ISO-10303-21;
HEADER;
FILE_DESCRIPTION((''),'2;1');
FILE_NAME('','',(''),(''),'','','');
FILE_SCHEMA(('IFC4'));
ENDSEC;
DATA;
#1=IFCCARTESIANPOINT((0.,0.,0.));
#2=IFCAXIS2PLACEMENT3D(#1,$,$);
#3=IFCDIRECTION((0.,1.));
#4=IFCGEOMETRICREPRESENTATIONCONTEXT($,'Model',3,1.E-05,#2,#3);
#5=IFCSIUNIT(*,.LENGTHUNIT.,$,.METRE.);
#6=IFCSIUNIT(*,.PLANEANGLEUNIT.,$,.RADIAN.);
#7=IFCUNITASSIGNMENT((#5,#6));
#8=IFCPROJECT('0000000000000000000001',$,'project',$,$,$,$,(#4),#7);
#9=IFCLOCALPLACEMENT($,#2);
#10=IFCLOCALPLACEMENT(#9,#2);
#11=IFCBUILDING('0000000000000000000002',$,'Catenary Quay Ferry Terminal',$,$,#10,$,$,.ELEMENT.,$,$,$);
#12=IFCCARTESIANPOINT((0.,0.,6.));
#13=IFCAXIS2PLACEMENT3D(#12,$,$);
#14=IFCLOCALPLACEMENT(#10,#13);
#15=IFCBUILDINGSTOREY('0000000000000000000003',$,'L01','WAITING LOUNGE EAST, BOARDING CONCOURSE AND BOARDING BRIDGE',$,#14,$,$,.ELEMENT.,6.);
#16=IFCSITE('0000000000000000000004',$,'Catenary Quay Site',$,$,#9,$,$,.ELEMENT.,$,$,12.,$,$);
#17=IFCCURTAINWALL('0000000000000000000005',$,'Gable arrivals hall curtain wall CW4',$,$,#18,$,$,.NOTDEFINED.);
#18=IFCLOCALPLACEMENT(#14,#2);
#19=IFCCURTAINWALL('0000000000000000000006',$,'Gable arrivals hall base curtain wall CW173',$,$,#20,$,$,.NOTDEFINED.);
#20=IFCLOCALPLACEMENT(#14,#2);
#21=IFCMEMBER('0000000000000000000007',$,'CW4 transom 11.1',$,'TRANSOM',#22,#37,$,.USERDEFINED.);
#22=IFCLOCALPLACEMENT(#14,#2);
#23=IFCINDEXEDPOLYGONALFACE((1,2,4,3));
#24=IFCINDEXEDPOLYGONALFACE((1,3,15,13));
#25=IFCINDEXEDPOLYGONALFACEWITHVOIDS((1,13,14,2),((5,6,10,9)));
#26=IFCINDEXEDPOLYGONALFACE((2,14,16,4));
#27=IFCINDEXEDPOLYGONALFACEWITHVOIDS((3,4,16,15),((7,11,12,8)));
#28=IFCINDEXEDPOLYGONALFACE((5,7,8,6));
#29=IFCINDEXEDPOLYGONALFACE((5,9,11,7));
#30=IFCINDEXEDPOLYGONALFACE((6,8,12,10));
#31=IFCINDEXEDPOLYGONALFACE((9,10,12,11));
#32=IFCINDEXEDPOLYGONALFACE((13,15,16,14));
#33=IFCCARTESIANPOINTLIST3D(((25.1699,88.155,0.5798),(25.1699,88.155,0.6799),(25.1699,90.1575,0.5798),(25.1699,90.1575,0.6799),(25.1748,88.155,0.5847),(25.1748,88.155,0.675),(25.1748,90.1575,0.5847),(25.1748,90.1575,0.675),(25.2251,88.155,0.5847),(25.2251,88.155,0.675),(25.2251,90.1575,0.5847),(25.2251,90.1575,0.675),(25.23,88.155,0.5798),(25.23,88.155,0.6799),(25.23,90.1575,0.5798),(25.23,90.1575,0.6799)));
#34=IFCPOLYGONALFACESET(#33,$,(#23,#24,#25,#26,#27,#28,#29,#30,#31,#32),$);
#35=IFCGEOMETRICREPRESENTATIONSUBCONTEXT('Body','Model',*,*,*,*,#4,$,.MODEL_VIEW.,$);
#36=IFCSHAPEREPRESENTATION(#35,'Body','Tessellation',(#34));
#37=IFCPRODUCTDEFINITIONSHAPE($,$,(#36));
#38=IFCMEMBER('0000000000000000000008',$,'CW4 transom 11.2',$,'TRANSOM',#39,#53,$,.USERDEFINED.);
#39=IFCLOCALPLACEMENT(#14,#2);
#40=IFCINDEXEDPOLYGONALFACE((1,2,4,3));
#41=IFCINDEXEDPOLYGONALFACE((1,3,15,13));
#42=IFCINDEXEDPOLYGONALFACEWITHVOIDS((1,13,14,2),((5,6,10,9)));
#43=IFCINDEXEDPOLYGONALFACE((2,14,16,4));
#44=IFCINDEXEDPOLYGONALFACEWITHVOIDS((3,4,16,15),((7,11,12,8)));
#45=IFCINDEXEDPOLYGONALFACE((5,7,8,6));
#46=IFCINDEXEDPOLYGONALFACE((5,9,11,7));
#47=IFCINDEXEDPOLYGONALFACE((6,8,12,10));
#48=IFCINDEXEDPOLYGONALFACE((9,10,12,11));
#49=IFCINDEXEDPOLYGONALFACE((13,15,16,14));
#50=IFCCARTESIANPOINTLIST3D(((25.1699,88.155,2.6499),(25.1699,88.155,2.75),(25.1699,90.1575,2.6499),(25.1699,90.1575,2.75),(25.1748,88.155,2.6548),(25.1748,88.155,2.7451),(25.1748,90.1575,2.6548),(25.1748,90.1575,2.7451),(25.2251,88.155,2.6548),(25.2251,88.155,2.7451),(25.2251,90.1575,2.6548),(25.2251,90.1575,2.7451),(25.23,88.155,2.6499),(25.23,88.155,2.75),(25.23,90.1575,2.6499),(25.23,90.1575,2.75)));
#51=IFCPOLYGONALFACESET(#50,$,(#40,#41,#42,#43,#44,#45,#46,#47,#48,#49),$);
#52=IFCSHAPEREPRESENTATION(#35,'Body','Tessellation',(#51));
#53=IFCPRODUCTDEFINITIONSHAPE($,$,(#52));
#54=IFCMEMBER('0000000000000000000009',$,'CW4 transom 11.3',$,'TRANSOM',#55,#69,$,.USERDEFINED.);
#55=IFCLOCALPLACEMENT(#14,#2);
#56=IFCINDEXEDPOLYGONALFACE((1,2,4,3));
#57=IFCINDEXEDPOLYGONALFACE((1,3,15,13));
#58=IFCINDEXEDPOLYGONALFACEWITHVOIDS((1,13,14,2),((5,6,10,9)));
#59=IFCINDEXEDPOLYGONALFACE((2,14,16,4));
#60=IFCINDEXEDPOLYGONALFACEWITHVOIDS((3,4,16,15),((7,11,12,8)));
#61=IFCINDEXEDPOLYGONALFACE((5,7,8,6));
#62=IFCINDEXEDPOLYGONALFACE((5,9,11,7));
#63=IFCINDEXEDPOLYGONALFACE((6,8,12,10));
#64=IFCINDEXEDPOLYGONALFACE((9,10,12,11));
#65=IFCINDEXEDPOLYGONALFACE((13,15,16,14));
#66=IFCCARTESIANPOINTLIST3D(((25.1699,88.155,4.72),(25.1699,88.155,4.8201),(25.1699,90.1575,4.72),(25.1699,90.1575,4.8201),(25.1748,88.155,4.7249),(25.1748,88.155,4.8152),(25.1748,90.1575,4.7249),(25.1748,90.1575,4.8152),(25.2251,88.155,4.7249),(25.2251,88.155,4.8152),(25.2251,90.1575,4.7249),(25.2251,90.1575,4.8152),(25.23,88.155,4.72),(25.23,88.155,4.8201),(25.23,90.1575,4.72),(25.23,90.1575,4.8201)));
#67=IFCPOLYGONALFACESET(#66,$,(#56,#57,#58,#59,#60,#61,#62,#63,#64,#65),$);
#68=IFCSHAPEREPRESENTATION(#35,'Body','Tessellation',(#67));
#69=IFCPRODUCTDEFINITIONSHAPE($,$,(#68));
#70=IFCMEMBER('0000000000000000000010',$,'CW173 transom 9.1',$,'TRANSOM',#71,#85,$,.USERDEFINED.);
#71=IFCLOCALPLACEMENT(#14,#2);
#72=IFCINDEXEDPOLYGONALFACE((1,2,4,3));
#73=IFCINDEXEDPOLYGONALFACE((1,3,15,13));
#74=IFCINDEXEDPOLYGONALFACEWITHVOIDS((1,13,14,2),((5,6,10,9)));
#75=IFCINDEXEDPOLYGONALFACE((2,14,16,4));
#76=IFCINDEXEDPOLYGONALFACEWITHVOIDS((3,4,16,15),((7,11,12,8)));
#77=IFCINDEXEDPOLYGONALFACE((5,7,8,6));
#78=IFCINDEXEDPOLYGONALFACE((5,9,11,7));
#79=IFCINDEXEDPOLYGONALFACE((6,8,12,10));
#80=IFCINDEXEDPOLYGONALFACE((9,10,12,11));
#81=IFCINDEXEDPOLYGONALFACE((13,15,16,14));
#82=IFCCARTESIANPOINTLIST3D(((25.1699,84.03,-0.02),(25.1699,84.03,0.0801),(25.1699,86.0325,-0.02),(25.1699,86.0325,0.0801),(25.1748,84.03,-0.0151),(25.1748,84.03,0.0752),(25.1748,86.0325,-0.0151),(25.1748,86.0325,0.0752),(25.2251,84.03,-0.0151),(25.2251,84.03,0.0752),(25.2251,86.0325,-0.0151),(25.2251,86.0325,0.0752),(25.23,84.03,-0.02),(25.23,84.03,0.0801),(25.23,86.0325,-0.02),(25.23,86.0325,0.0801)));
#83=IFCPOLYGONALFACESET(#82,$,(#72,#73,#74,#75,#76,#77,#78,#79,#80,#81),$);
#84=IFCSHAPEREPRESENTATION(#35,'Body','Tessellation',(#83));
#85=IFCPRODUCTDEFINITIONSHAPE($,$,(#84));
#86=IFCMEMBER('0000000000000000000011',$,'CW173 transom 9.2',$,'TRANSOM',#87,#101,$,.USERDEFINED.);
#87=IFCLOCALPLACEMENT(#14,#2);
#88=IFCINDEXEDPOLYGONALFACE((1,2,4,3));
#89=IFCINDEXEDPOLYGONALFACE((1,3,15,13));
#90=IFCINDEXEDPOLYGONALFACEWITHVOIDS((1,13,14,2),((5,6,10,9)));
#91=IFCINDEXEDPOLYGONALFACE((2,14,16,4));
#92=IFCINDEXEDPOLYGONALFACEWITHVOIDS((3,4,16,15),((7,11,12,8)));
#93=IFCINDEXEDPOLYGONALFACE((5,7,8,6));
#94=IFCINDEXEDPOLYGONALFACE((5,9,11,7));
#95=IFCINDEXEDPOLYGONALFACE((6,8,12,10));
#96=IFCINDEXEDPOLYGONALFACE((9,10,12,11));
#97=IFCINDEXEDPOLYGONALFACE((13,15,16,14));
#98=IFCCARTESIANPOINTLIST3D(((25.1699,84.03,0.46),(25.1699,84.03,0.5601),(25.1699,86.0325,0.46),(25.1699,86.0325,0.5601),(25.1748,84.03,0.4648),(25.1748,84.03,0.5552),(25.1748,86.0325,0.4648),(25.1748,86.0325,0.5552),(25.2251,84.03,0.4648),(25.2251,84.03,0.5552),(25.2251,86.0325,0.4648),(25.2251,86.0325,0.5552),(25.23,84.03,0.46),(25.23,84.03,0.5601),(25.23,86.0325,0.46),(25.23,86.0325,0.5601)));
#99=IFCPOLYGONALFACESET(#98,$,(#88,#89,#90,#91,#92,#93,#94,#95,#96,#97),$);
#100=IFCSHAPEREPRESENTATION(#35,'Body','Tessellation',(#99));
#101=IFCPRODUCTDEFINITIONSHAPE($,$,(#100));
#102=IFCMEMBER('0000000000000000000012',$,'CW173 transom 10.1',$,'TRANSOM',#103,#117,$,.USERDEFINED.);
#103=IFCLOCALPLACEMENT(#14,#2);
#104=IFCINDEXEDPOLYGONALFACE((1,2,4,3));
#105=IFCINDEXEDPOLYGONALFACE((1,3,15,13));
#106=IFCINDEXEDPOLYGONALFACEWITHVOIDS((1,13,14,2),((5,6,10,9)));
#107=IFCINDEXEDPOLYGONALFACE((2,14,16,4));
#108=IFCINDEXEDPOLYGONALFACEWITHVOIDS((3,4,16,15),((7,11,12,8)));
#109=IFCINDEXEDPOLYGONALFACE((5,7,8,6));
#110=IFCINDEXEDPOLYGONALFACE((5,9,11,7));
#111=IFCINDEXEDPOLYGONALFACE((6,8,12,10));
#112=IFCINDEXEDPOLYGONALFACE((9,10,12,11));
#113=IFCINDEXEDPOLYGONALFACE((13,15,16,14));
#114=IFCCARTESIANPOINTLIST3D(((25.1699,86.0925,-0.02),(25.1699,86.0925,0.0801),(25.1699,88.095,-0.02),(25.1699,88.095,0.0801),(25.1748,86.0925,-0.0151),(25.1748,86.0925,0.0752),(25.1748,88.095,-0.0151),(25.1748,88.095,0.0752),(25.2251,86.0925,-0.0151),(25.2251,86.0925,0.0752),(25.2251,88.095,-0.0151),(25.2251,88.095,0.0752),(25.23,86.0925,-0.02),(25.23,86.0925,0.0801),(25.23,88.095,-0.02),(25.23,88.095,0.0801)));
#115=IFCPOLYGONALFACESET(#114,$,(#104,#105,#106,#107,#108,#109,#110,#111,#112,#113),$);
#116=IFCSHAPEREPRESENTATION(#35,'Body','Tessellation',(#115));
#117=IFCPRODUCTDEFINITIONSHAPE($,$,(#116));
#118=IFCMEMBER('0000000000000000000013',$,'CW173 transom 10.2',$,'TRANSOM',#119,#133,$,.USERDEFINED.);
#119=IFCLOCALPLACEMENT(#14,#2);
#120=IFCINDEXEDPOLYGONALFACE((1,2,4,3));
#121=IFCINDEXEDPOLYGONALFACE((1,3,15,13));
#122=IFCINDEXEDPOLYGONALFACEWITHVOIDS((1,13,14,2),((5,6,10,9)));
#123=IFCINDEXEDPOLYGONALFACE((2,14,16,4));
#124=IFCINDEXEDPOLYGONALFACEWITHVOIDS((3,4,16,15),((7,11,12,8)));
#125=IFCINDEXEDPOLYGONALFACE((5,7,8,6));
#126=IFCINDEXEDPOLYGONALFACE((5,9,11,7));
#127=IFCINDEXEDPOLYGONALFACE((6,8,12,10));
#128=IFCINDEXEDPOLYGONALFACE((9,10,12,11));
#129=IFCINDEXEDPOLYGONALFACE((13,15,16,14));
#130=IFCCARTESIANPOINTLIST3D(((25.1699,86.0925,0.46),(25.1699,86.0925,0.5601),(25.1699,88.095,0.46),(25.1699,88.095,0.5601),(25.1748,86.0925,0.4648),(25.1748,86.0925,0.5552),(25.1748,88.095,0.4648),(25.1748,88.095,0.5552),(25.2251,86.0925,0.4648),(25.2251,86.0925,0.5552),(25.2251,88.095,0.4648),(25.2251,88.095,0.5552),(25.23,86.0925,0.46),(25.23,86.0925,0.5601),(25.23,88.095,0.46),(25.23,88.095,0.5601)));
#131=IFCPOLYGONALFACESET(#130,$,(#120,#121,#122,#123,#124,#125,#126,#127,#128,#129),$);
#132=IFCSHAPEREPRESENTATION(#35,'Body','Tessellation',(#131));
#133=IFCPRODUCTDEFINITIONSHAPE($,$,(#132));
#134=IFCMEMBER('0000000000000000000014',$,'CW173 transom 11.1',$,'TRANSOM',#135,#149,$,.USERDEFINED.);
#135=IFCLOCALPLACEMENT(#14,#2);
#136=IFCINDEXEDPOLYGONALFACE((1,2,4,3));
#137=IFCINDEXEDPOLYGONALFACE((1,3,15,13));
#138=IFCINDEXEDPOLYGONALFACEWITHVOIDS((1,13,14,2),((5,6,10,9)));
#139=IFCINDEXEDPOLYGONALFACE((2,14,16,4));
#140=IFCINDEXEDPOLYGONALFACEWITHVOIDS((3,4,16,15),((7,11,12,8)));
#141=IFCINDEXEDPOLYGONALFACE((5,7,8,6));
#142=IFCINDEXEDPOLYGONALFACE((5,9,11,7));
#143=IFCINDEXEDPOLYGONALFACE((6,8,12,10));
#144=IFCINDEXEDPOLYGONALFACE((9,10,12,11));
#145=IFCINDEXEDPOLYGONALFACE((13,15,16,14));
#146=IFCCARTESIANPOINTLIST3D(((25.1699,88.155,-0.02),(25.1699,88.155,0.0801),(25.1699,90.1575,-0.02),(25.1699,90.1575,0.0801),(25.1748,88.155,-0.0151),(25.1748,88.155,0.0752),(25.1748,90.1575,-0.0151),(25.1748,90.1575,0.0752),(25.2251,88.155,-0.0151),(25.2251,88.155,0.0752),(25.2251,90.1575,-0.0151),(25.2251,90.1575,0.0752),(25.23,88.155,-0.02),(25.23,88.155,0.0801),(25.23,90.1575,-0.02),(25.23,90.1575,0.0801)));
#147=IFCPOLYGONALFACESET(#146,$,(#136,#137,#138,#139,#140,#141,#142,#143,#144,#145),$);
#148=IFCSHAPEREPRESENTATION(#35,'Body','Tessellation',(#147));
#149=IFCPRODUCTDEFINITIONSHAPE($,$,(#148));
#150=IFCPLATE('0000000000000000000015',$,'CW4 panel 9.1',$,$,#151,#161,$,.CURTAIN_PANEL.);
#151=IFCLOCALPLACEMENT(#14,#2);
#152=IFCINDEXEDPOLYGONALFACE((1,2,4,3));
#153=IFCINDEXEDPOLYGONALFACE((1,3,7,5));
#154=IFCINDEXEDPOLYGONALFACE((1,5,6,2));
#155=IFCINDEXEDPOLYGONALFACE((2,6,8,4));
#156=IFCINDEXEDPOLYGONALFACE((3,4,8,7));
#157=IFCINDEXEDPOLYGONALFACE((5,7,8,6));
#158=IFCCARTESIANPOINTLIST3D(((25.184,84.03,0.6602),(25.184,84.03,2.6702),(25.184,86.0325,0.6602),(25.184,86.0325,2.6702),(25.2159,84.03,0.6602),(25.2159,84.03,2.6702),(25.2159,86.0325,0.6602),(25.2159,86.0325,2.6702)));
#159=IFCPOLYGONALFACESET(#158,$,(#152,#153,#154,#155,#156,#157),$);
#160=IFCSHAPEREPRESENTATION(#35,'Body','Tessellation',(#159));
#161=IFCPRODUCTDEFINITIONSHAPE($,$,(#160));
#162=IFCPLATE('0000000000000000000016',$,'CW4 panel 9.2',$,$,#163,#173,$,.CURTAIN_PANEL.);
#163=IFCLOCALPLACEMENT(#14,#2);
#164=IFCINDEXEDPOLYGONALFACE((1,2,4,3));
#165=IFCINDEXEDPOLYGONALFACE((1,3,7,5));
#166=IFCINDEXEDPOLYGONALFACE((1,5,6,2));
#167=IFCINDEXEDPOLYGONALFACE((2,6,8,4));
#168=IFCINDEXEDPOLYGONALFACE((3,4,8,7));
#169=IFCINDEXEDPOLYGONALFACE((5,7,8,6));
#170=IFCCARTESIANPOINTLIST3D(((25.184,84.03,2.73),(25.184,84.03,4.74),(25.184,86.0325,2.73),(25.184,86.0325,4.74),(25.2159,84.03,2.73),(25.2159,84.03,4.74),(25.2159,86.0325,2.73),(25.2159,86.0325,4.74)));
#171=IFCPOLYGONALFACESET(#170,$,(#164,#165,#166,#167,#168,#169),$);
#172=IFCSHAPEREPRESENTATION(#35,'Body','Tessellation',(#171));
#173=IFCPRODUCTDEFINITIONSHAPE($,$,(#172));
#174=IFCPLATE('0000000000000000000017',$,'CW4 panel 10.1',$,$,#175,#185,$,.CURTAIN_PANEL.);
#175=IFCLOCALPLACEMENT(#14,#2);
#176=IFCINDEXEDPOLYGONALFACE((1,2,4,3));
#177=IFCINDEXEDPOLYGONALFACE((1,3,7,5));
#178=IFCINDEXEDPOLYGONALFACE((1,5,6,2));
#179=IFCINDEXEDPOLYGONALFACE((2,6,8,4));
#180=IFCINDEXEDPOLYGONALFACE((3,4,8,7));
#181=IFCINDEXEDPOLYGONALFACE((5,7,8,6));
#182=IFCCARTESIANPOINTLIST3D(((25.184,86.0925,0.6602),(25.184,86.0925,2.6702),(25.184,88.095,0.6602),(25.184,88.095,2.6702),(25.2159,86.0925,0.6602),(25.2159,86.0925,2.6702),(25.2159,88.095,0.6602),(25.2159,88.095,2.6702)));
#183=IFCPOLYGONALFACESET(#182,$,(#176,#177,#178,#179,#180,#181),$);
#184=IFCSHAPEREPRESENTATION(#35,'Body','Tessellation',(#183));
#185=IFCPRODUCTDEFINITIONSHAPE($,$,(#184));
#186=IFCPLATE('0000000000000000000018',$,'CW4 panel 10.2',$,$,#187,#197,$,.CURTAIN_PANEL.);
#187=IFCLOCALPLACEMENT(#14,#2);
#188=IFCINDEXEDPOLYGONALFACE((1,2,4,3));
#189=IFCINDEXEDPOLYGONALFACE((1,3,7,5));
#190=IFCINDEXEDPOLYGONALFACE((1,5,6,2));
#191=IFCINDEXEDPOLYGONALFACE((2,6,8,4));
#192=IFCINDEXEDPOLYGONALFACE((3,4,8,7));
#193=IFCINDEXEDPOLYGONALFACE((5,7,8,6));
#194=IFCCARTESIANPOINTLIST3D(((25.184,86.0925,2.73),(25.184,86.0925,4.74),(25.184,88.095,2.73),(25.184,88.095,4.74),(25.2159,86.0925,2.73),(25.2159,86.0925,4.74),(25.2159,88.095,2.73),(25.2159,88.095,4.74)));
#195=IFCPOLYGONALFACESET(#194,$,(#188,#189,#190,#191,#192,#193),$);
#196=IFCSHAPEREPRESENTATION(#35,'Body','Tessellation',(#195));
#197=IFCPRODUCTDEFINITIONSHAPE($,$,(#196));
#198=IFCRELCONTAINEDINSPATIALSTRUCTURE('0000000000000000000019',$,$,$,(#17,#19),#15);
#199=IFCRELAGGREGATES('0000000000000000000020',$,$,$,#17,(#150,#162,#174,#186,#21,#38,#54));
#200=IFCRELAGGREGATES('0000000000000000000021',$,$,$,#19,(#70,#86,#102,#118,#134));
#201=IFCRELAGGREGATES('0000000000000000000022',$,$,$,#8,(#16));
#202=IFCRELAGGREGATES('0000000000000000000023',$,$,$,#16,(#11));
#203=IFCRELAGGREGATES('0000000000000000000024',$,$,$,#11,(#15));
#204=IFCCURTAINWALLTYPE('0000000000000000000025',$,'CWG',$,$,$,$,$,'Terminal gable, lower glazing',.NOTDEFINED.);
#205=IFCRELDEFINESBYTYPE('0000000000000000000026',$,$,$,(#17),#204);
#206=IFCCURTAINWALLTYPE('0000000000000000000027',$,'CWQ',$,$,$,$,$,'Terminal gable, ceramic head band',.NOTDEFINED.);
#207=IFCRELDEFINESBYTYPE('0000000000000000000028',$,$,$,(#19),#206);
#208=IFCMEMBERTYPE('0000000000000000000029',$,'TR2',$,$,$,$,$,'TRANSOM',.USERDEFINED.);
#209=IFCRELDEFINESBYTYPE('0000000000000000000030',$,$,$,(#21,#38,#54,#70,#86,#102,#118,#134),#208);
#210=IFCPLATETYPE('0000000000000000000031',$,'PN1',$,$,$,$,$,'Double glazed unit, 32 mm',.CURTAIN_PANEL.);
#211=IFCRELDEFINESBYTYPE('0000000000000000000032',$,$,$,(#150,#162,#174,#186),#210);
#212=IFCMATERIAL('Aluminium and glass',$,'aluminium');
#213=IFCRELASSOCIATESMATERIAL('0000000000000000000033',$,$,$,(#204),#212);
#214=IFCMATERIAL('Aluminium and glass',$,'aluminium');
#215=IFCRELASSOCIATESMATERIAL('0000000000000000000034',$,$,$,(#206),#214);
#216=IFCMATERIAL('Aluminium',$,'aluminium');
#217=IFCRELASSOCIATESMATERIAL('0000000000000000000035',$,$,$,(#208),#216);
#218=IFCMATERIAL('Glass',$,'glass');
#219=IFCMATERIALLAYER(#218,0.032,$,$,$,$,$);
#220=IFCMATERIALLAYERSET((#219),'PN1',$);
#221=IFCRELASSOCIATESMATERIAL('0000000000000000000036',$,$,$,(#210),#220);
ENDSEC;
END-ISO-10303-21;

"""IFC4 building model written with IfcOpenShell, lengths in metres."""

from ifc_helpers import new_model, si_unit, direction, frame, origin, origin_2d, place, context, subcontext, project, spatial, rectangle, hollow_rectangle, extrude, material, layer, layer_set, material_profile, profile_set, type_object, element, aggregate, save


model = new_model("IFC4")

# Units and contexts
model_context = context("Model", 3, precision=1e-05, world=origin(), true_north=direction((0.0, 1.0)))
body_context = subcontext(model_context, "Body", "Model", "MODEL_VIEW")
ifc_project = project(units=[si_unit("LENGTHUNIT", "METRE"), si_unit("PLANEANGLEUNIT", "RADIAN")], contexts=[model_context])

# Site, building, storey
site_placement = place(None, origin())
site = spatial("IfcSite", under=ifc_project, at=site_placement, Name="Catenary Quay Site", CompositionType="ELEMENT", RefElevation=12.0)
building_placement = place(site_placement, origin())
building = spatial("IfcBuilding", under=site, at=building_placement, Name="Catenary Quay Ferry Terminal", CompositionType="ELEMENT")
storey_placement = place(building_placement, frame((0.0, 0.0, 6.0)))
storey = spatial("IfcBuildingStorey", under=building, at=storey_placement, Name="L01", Description="WAITING LOUNGE EAST, BOARDING CONCOURSE AND BOARDING BRIDGE", CompositionType="ELEMENT", Elevation=6.0)

# Curtain walls
ifc_material_1 = material(Name="Aluminium and glass", Category="aluminium")
curtain_wall_type_1 = type_object("IfcCurtainWallType", Name="CWG", ElementType="Terminal gable, lower glazing", PredefinedType="NOTDEFINED", material=ifc_material_1)
curtain_wall_1_placement = place(storey_placement, origin())
curtain_wall_1 = element("IfcCurtainWall", 1, at=curtain_wall_1_placement, inside=storey, type_object=curtain_wall_type_1, Name="Gable arrivals hall curtain wall CW4", PredefinedType="NOTDEFINED")
ifc_material_2 = material(Name="Aluminium and glass", Category="aluminium")
curtain_wall_type_2 = type_object("IfcCurtainWallType", Name="CWQ", ElementType="Terminal gable, ceramic head band", PredefinedType="NOTDEFINED", material=ifc_material_2)
curtain_wall_2_placement = place(storey_placement, origin())
curtain_wall_2 = element("IfcCurtainWall", 2, at=curtain_wall_2_placement, inside=storey, type_object=curtain_wall_type_2, Name="Gable arrivals hall base curtain wall CW173", PredefinedType="NOTDEFINED")

# Members
ifc_material_3 = material(Name="Aluminium", Category="aluminium")
ifc_material_profile_1 = material_profile(ifc_material_3, hollow_rectangle(XDim=0.0601, YDim=0.1001, WallThickness=0.0049, at=origin_2d()), Name="TR2")
ifc_profile_set_1 = profile_set([ifc_material_profile_1], Name="Aluminium")
member_type_1 = type_object("IfcMemberType", Name="TR2", ElementType="TRANSOM", PredefinedType="USERDEFINED", material=ifc_profile_set_1)
member_1_placement = place(storey_placement, frame((25.2, 88.155, 0.6299), z_axis=(0.0, 1.0, 0.0), x_axis=(-1.0, 0.0, 0.0)))
member_1 = element("IfcMember", 3, at=member_1_placement, type_object=member_type_1, Name="CW4 transom 11.1", ObjectType="TRANSOM", PredefinedType="USERDEFINED", context=body_context, shape_type="SweptSolid", body=[
    extrude(hollow_rectangle(XDim=0.0601, YDim=0.1001, WallThickness=0.0049, at=origin_2d()), origin(), (0.0, 0.0, 1.0), 2.0024),
])
member_2_placement = place(storey_placement, frame((25.2, 88.155, 2.7), z_axis=(0.0, 1.0, 0.0), x_axis=(-1.0, 0.0, 0.0)))
member_2 = element("IfcMember", 4, at=member_2_placement, type_object=member_type_1, Name="CW4 transom 11.2", ObjectType="TRANSOM", PredefinedType="USERDEFINED", context=body_context, shape_type="SweptSolid", body=[
    extrude(hollow_rectangle(XDim=0.0601, YDim=0.1001, WallThickness=0.0049, at=origin_2d()), origin(), (0.0, 0.0, 1.0), 2.0024),
])
member_3_placement = place(storey_placement, frame((25.2, 88.155, 4.77), z_axis=(0.0, 1.0, 0.0), x_axis=(-1.0, 0.0, 0.0)))
member_3 = element("IfcMember", 5, at=member_3_placement, type_object=member_type_1, Name="CW4 transom 11.3", ObjectType="TRANSOM", PredefinedType="USERDEFINED", context=body_context, shape_type="SweptSolid", body=[
    extrude(hollow_rectangle(XDim=0.0601, YDim=0.1001, WallThickness=0.0049, at=origin_2d()), origin(), (0.0, 0.0, 1.0), 2.0024),
])
member_4_placement = place(storey_placement, frame((25.2, 84.03, 0.03), z_axis=(0.0, 1.0, 0.0), x_axis=(-1.0, 0.0, 0.0)))
member_4 = element("IfcMember", 6, at=member_4_placement, type_object=member_type_1, Name="CW173 transom 9.1", ObjectType="TRANSOM", PredefinedType="USERDEFINED", context=body_context, shape_type="SweptSolid", body=[
    extrude(hollow_rectangle(XDim=0.0601, YDim=0.1001, WallThickness=0.0049, at=origin_2d()), origin(), (0.0, 0.0, 1.0), 2.0024),
])
member_5_placement = place(storey_placement, frame((25.2, 84.03, 0.51), z_axis=(0.0, 1.0, 0.0), x_axis=(-1.0, 0.0, 0.0)))
member_5 = element("IfcMember", 7, at=member_5_placement, type_object=member_type_1, Name="CW173 transom 9.2", ObjectType="TRANSOM", PredefinedType="USERDEFINED", context=body_context, shape_type="SweptSolid", body=[
    extrude(hollow_rectangle(XDim=0.0601, YDim=0.1001, WallThickness=0.0049, at=origin_2d()), origin(), (0.0, 0.0, 1.0), 2.0024),
])
member_6_placement = place(storey_placement, frame((25.2, 86.0925, 0.03), z_axis=(0.0, 1.0, 0.0), x_axis=(-1.0, 0.0, 0.0)))
member_6 = element("IfcMember", 8, at=member_6_placement, type_object=member_type_1, Name="CW173 transom 10.1", ObjectType="TRANSOM", PredefinedType="USERDEFINED", context=body_context, shape_type="SweptSolid", body=[
    extrude(hollow_rectangle(XDim=0.0601, YDim=0.1001, WallThickness=0.0049, at=origin_2d()), origin(), (0.0, 0.0, 1.0), 2.0024),
])
member_7_placement = place(storey_placement, frame((25.2, 86.0925, 0.51), z_axis=(0.0, 1.0, 0.0), x_axis=(-1.0, 0.0, 0.0)))
member_7 = element("IfcMember", 9, at=member_7_placement, type_object=member_type_1, Name="CW173 transom 10.2", ObjectType="TRANSOM", PredefinedType="USERDEFINED", context=body_context, shape_type="SweptSolid", body=[
    extrude(hollow_rectangle(XDim=0.0601, YDim=0.1001, WallThickness=0.0049, at=origin_2d()), origin(), (0.0, 0.0, 1.0), 2.0024),
])
member_8_placement = place(storey_placement, frame((25.2, 88.155, 0.03), z_axis=(0.0, 1.0, 0.0), x_axis=(-1.0, 0.0, 0.0)))
member_8 = element("IfcMember", 10, at=member_8_placement, type_object=member_type_1, Name="CW173 transom 11.1", ObjectType="TRANSOM", PredefinedType="USERDEFINED", context=body_context, shape_type="SweptSolid", body=[
    extrude(hollow_rectangle(XDim=0.0601, YDim=0.1001, WallThickness=0.0049, at=origin_2d()), origin(), (0.0, 0.0, 1.0), 2.0024),
])

# Plates
ifc_material_4 = material(Name="Glass", Category="glass")
ifc_layer_1 = layer(ifc_material_4, 0.032)
ifc_layer_set_1 = layer_set([ifc_layer_1], Name="PN1")
plate_type_1 = type_object("IfcPlateType", Name="PN1", ElementType="Double glazed unit, 32 mm", PredefinedType="CURTAIN_PANEL", material=ifc_layer_set_1)
plate_1_placement = place(storey_placement, frame((25.2, 85.0312, 0.6602), z_axis=(0.0, 0.0, 1.0), x_axis=(0.0, 1.0, 0.0)))
plate_1 = element("IfcPlate", 11, at=plate_1_placement, type_object=plate_type_1, Name="CW4 panel 9.1", PredefinedType="CURTAIN_PANEL", context=body_context, shape_type="SweptSolid", body=[
    extrude(rectangle(XDim=2.0024, YDim=0.032, at=origin_2d()), origin(), (0.0, 0.0, 1.0), 2.01),
])
plate_2_placement = place(storey_placement, frame((25.2, 85.0312, 2.73), z_axis=(0.0, 0.0, 1.0), x_axis=(0.0, 1.0, 0.0)))
plate_2 = element("IfcPlate", 12, at=plate_2_placement, type_object=plate_type_1, Name="CW4 panel 9.2", PredefinedType="CURTAIN_PANEL", context=body_context, shape_type="SweptSolid", body=[
    extrude(rectangle(XDim=2.0024, YDim=0.032, at=origin_2d()), origin(), (0.0, 0.0, 1.0), 2.01),
])
plate_3_placement = place(storey_placement, frame((25.2, 87.0938, 0.6602), z_axis=(0.0, 0.0, 1.0), x_axis=(0.0, 1.0, 0.0)))
plate_3 = element("IfcPlate", 13, at=plate_3_placement, type_object=plate_type_1, Name="CW4 panel 10.1", PredefinedType="CURTAIN_PANEL", context=body_context, shape_type="SweptSolid", body=[
    extrude(rectangle(XDim=2.0024, YDim=0.032, at=origin_2d()), origin(), (0.0, 0.0, 1.0), 2.01),
])
plate_4_placement = place(storey_placement, frame((25.2, 87.0938, 2.73), z_axis=(0.0, 0.0, 1.0), x_axis=(0.0, 1.0, 0.0)))
plate_4 = element("IfcPlate", 14, at=plate_4_placement, type_object=plate_type_1, Name="CW4 panel 10.2", PredefinedType="CURTAIN_PANEL", context=body_context, shape_type="SweptSolid", body=[
    extrude(rectangle(XDim=2.0024, YDim=0.032, at=origin_2d()), origin(), (0.0, 0.0, 1.0), 2.01),
])
aggregate(curtain_wall_1, [plate_1, plate_2, plate_3, plate_4, member_1, member_2, member_3])
aggregate(curtain_wall_2, [member_4, member_5, member_6, member_7, member_8])

save(model, "model.ifc")
